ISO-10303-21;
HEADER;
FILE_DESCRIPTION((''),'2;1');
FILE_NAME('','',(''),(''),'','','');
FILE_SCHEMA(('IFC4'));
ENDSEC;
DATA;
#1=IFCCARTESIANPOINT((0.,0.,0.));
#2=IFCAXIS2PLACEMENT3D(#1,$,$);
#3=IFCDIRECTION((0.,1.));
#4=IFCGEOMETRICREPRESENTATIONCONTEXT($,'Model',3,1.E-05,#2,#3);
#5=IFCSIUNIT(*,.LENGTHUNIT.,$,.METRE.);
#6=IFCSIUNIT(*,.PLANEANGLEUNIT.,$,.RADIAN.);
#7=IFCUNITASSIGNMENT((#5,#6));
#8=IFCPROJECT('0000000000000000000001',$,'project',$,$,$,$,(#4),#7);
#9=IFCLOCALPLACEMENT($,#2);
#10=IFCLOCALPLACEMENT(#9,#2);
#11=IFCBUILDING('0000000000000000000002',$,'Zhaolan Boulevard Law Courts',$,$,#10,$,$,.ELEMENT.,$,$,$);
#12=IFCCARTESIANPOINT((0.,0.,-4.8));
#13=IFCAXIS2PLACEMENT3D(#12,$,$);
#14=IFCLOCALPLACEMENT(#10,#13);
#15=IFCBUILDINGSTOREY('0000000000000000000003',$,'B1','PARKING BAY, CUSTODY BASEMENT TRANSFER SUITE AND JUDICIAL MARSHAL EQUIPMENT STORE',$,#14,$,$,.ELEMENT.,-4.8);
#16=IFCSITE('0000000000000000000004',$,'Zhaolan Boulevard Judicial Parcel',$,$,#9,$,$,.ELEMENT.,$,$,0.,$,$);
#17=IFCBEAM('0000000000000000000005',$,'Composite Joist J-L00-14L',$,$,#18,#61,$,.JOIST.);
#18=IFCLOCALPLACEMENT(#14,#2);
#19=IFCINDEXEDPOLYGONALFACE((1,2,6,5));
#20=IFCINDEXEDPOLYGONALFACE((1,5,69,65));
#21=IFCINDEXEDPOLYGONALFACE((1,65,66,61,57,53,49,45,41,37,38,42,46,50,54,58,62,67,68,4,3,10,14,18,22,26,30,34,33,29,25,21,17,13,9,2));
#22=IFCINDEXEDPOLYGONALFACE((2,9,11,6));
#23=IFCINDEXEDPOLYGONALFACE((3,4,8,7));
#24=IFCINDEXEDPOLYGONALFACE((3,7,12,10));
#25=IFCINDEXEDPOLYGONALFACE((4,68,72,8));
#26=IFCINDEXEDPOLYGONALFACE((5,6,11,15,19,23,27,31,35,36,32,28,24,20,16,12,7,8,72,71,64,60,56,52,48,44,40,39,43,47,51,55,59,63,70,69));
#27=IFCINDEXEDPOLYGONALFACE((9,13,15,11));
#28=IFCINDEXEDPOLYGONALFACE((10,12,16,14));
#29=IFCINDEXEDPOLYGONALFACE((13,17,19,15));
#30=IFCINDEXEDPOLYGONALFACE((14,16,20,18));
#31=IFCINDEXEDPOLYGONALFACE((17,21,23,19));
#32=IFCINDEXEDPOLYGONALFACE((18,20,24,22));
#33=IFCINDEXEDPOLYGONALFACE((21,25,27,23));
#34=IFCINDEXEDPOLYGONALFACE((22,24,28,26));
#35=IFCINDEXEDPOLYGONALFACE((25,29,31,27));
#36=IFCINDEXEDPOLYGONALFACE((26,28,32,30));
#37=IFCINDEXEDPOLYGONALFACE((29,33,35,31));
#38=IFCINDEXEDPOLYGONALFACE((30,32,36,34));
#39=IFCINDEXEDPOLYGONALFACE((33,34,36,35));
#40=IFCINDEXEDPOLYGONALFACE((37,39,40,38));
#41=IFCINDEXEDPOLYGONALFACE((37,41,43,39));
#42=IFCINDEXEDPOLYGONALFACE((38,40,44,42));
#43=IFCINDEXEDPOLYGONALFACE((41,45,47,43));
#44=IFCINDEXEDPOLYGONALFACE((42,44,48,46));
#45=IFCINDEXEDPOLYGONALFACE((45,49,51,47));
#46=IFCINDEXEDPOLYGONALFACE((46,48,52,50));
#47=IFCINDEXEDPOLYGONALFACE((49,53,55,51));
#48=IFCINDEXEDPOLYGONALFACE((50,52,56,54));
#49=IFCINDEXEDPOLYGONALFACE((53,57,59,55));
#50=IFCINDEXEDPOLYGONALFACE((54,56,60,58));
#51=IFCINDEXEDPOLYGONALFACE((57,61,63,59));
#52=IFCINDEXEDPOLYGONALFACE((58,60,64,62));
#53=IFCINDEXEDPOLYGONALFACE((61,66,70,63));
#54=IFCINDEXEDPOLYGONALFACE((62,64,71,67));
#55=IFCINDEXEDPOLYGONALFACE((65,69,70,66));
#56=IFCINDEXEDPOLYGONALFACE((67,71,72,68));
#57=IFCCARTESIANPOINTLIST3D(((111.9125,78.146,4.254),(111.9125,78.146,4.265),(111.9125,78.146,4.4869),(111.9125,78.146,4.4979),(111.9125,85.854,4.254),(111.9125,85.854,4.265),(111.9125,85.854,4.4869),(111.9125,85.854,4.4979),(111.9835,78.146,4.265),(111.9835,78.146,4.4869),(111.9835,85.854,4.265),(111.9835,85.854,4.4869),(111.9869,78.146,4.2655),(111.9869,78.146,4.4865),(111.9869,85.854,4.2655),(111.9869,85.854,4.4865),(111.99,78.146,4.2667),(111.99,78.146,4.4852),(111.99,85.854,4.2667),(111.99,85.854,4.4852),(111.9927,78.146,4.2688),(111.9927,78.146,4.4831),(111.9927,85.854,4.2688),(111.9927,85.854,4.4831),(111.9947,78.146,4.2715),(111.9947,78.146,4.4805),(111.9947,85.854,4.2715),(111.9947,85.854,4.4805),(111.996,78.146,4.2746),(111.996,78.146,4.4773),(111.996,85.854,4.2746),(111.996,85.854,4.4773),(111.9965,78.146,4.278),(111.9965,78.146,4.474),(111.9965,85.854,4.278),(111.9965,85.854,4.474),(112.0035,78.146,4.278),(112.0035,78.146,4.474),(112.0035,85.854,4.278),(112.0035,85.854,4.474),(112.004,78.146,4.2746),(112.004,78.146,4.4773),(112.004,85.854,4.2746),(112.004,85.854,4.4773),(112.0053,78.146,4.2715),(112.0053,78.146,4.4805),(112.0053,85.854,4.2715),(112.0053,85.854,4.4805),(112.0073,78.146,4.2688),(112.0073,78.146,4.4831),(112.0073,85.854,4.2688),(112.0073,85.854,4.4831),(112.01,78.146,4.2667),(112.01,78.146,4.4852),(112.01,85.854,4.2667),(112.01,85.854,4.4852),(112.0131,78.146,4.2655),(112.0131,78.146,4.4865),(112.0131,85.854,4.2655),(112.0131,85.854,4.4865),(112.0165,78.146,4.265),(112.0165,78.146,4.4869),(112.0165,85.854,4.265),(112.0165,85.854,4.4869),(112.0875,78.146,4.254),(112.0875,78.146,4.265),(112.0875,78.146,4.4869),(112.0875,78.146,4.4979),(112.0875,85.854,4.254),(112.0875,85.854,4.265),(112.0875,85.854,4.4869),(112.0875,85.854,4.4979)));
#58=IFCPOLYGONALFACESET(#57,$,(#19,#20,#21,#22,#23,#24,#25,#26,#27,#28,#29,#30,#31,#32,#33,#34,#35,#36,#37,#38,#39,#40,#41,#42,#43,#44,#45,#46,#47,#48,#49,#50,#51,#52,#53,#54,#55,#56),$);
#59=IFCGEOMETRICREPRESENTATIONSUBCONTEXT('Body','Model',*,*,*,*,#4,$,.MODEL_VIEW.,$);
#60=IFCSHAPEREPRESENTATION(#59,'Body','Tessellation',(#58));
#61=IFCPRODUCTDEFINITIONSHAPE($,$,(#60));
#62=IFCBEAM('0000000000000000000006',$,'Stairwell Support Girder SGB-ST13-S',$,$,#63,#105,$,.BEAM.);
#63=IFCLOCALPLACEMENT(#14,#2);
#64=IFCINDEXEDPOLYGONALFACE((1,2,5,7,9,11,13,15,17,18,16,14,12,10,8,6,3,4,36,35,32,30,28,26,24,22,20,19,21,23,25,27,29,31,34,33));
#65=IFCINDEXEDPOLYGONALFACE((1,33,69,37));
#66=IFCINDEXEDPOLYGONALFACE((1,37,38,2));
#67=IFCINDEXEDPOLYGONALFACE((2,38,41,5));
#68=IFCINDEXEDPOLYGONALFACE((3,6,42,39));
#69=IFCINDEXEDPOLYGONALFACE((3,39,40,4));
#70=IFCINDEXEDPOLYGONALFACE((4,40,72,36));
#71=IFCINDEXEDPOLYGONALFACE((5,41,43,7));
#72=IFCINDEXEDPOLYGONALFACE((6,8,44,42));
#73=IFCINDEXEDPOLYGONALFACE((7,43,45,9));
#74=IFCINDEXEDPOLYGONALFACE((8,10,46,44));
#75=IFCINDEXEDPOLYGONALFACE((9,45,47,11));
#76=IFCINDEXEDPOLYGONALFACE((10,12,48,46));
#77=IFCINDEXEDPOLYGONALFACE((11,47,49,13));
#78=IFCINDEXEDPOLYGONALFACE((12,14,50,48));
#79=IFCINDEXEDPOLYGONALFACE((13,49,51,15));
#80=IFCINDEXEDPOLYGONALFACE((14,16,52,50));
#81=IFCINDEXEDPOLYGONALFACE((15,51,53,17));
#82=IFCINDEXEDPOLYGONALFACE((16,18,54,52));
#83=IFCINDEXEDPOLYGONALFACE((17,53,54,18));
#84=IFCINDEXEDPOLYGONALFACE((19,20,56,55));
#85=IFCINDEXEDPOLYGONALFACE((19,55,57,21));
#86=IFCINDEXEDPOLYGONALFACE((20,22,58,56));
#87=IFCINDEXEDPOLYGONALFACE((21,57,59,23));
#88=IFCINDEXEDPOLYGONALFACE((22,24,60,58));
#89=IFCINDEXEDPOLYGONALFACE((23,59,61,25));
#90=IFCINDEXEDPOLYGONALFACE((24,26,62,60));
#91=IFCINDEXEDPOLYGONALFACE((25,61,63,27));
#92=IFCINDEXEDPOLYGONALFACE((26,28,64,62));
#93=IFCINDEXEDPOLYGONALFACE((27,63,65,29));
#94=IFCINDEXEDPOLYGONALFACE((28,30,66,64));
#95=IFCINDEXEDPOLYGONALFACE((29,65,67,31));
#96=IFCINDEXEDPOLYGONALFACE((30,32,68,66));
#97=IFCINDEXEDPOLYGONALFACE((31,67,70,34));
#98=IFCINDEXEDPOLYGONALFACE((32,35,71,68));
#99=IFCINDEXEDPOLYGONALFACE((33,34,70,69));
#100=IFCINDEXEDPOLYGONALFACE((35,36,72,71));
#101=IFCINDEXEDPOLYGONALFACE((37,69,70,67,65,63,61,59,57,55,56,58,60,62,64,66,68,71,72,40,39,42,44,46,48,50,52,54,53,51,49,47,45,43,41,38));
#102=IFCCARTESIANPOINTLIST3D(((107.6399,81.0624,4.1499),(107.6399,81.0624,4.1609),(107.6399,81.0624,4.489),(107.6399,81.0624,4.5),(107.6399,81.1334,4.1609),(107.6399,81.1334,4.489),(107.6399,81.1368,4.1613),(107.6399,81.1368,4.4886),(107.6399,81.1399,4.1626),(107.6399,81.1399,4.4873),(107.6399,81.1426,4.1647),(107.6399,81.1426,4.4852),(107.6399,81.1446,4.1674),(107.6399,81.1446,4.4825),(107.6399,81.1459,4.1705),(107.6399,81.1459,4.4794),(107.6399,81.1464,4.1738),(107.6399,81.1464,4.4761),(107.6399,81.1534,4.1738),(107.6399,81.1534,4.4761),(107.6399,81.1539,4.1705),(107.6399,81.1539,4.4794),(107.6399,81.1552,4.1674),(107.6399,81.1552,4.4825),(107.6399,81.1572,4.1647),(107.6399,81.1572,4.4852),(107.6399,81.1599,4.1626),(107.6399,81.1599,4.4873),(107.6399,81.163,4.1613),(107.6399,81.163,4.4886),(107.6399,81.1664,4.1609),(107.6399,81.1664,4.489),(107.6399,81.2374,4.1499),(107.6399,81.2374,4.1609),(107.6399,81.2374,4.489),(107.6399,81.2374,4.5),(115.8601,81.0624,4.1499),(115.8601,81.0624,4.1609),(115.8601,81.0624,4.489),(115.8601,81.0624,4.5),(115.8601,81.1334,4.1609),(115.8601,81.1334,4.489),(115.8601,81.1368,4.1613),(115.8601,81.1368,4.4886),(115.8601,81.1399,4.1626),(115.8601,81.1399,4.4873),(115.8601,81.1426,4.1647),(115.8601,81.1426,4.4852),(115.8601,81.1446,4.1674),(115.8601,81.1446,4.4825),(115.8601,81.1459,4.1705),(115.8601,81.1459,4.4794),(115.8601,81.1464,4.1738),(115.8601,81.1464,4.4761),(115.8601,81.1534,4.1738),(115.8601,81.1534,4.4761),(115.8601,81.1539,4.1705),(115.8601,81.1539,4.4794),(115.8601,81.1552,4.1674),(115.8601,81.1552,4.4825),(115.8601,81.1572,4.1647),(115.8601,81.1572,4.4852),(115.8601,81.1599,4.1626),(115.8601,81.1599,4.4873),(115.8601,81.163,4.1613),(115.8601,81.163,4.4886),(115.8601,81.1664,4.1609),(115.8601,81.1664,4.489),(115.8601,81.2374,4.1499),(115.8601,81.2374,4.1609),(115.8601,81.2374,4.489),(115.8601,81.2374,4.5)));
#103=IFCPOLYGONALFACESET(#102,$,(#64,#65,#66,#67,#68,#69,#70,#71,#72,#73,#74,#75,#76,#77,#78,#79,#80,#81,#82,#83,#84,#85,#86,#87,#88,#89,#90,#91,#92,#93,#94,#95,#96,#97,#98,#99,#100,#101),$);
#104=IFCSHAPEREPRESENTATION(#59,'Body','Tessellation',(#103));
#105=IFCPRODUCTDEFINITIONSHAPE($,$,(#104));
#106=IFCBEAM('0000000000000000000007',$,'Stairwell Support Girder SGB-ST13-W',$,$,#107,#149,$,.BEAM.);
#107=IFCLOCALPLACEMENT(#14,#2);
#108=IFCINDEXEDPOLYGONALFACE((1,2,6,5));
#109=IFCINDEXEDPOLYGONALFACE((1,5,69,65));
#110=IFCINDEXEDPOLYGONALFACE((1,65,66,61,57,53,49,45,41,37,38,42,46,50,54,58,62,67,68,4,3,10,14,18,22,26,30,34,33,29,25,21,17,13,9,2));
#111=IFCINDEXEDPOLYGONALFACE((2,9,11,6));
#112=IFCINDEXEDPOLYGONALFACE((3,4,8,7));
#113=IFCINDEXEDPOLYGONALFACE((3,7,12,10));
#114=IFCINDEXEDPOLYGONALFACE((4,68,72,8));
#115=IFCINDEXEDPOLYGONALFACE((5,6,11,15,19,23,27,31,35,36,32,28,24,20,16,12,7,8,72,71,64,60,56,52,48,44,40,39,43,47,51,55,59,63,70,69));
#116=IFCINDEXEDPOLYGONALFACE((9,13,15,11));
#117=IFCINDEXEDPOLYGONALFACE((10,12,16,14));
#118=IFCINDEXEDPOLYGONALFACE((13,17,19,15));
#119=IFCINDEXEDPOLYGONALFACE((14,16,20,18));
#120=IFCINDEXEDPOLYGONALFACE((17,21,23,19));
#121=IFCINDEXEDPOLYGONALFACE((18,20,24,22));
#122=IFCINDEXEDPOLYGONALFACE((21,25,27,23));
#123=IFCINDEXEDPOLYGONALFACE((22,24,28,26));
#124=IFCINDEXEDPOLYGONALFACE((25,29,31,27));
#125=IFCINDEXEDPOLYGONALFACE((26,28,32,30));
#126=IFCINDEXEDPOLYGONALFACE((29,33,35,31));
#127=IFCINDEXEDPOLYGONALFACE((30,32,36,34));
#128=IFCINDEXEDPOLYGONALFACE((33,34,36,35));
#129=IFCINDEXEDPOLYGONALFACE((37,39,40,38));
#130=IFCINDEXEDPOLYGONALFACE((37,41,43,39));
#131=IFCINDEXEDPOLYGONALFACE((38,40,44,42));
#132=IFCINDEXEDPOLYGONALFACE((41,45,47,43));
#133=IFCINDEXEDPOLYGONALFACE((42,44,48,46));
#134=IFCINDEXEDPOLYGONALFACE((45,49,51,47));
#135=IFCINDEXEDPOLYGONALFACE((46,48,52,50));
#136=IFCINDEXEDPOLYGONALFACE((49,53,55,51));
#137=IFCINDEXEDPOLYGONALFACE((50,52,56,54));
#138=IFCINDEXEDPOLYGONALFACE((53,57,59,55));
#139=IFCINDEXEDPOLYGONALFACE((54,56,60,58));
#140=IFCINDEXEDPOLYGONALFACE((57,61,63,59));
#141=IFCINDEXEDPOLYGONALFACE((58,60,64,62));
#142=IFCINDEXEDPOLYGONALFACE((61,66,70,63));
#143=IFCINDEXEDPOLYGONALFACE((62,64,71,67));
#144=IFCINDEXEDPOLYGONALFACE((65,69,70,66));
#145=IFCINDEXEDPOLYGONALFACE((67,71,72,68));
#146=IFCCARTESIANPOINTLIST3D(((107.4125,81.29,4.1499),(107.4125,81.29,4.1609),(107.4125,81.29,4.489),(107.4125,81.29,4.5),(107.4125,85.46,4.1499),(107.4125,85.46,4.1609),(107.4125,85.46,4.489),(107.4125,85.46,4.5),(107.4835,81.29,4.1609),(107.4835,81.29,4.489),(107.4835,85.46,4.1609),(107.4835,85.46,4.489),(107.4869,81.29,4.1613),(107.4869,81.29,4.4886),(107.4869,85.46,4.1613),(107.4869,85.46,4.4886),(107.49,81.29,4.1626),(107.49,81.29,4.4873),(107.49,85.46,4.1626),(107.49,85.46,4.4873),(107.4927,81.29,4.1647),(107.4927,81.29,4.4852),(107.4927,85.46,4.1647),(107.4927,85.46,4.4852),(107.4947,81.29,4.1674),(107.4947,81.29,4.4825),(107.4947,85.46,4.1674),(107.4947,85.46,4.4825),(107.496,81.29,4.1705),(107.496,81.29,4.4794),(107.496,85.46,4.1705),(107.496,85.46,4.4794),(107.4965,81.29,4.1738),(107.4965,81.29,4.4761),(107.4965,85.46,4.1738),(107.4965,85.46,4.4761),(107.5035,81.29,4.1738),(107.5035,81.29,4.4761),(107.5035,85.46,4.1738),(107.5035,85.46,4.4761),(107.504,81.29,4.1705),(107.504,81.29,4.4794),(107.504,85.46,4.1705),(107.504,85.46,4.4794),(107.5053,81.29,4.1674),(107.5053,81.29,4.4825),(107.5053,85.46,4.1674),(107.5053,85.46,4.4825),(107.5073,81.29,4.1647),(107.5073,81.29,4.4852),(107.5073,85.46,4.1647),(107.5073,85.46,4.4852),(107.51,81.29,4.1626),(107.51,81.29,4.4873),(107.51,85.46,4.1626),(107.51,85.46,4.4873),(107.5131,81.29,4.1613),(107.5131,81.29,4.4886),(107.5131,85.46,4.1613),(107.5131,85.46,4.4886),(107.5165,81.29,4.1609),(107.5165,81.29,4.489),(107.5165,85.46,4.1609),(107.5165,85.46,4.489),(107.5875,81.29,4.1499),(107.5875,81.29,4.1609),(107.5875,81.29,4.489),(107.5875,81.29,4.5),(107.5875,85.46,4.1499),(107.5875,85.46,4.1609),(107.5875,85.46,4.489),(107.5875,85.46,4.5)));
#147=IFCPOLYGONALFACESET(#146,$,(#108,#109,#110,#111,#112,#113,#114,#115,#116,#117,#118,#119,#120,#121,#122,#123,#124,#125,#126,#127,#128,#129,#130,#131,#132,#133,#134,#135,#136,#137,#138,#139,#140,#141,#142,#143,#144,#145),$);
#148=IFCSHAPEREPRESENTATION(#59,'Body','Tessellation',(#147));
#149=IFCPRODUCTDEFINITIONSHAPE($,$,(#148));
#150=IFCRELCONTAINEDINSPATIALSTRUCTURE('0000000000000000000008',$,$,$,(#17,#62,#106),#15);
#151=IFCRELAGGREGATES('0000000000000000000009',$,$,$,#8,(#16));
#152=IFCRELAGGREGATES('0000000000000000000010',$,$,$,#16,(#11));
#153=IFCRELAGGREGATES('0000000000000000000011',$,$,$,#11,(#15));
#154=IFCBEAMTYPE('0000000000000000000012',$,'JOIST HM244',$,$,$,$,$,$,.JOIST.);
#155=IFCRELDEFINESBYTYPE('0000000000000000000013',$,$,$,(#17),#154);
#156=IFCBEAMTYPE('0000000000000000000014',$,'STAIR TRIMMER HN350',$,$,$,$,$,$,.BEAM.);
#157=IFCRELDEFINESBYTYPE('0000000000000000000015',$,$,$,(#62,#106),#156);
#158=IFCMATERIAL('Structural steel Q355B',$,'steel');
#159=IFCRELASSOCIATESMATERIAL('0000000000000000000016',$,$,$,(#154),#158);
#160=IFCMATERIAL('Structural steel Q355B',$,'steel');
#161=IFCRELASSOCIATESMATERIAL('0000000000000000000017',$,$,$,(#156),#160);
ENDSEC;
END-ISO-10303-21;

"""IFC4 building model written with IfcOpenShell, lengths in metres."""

from ifc_helpers import new_model, si_unit, direction, frame, origin, origin_2d, place, context, subcontext, project, spatial, i_section, extrude, material, material_profile, profile_set, type_object, element, save


model = new_model("IFC4")

# Units and contexts
model_context = context("Model", 3, precision=1e-05, world=origin(), true_north=direction((0.0, 1.0)))
body_context = subcontext(model_context, "Body", "Model", "MODEL_VIEW")
ifc_project = project(units=[si_unit("LENGTHUNIT", "METRE"), si_unit("PLANEANGLEUNIT", "RADIAN")], contexts=[model_context])

# Site, building, storey
site_placement = place(None, origin())
site = spatial("IfcSite", under=ifc_project, at=site_placement, Name="Zhaolan Boulevard Judicial Parcel", CompositionType="ELEMENT", RefElevation=0.0)
building_placement = place(site_placement, origin())
building = spatial("IfcBuilding", under=site, at=building_placement, Name="Zhaolan Boulevard Law Courts", CompositionType="ELEMENT")
storey_placement = place(building_placement, frame((0.0, 0.0, -4.8)))
storey = spatial("IfcBuildingStorey", under=building, at=storey_placement, Name="B1", Description="PARKING BAY, CUSTODY BASEMENT TRANSFER SUITE AND JUDICIAL MARSHAL EQUIPMENT STORE", CompositionType="ELEMENT", Elevation=-4.8)

# Beams
ifc_material_1 = material(Name="Structural steel Q355B", Category="steel")
ifc_material_profile_1 = material_profile(ifc_material_1, i_section(OverallWidth=0.175, OverallDepth=0.2439, WebThickness=0.0071, FlangeThickness=0.011, FilletRadius=0.0129, at=origin_2d()), Name="HM244x175")
ifc_profile_set_1 = profile_set([ifc_material_profile_1], Name="Structural steel Q355B")
beam_type_1 = type_object("IfcBeamType", Name="JOIST HM244", PredefinedType="JOIST", material=ifc_profile_set_1)
beam_1_placement = place(storey_placement, frame((112.0, 78.146, 4.376), z_axis=(0.0, 1.0, 0.0), x_axis=(-1.0, 0.0, 0.0)))
element("IfcBeam", 1, at=beam_1_placement, inside=storey, type_object=beam_type_1, Name="Composite Joist J-L00-14L", PredefinedType="JOIST", context=body_context, shape_type="SweptSolid", body=[
    extrude(i_section(OverallWidth=0.175, OverallDepth=0.2439, WebThickness=0.0071, FlangeThickness=0.011, FilletRadius=0.0129, at=origin_2d()), origin(), (0.0, 0.0, 1.0), 7.708),
])
ifc_material_2 = material(Name="Structural steel Q355B", Category="steel")
ifc_material_profile_2 = material_profile(ifc_material_2, i_section(OverallWidth=0.175, OverallDepth=0.3501, WebThickness=0.0071, FlangeThickness=0.011, FilletRadius=0.0129, at=origin_2d()), Name="HN350x175")
ifc_profile_set_2 = profile_set([ifc_material_profile_2], Name="Structural steel Q355B")
beam_type_2 = type_object("IfcBeamType", Name="STAIR TRIMMER HN350", PredefinedType="BEAM", material=ifc_profile_set_2)
beam_2_placement = place(storey_placement, frame((107.6399, 81.1499, 4.325), z_axis=(1.0, 0.0, 0.0), x_axis=(0.0, 1.0, 0.0)))
element("IfcBeam", 2, at=beam_2_placement, inside=storey, type_object=beam_type_2, Name="Stairwell Support Girder SGB-ST13-S", PredefinedType="BEAM", context=body_context, shape_type="SweptSolid", body=[
    extrude(i_section(OverallWidth=0.175, OverallDepth=0.3501, WebThickness=0.0071, FlangeThickness=0.011, FilletRadius=0.0129, at=origin_2d()), origin(), (0.0, 0.0, 1.0), 8.2202),
])
beam_3_placement = place(storey_placement, frame((107.5, 81.29, 4.325), z_axis=(0.0, 1.0, 0.0), x_axis=(-1.0, 0.0, 0.0)))
element("IfcBeam", 3, at=beam_3_placement, inside=storey, type_object=beam_type_2, Name="Stairwell Support Girder SGB-ST13-W", PredefinedType="BEAM", context=body_context, shape_type="SweptSolid", body=[
    extrude(i_section(OverallWidth=0.175, OverallDepth=0.3501, WebThickness=0.0071, FlangeThickness=0.011, FilletRadius=0.0129, at=origin_2d()), origin(), (0.0, 0.0, 1.0), 4.1699),
])

save(model, "model.ifc")
